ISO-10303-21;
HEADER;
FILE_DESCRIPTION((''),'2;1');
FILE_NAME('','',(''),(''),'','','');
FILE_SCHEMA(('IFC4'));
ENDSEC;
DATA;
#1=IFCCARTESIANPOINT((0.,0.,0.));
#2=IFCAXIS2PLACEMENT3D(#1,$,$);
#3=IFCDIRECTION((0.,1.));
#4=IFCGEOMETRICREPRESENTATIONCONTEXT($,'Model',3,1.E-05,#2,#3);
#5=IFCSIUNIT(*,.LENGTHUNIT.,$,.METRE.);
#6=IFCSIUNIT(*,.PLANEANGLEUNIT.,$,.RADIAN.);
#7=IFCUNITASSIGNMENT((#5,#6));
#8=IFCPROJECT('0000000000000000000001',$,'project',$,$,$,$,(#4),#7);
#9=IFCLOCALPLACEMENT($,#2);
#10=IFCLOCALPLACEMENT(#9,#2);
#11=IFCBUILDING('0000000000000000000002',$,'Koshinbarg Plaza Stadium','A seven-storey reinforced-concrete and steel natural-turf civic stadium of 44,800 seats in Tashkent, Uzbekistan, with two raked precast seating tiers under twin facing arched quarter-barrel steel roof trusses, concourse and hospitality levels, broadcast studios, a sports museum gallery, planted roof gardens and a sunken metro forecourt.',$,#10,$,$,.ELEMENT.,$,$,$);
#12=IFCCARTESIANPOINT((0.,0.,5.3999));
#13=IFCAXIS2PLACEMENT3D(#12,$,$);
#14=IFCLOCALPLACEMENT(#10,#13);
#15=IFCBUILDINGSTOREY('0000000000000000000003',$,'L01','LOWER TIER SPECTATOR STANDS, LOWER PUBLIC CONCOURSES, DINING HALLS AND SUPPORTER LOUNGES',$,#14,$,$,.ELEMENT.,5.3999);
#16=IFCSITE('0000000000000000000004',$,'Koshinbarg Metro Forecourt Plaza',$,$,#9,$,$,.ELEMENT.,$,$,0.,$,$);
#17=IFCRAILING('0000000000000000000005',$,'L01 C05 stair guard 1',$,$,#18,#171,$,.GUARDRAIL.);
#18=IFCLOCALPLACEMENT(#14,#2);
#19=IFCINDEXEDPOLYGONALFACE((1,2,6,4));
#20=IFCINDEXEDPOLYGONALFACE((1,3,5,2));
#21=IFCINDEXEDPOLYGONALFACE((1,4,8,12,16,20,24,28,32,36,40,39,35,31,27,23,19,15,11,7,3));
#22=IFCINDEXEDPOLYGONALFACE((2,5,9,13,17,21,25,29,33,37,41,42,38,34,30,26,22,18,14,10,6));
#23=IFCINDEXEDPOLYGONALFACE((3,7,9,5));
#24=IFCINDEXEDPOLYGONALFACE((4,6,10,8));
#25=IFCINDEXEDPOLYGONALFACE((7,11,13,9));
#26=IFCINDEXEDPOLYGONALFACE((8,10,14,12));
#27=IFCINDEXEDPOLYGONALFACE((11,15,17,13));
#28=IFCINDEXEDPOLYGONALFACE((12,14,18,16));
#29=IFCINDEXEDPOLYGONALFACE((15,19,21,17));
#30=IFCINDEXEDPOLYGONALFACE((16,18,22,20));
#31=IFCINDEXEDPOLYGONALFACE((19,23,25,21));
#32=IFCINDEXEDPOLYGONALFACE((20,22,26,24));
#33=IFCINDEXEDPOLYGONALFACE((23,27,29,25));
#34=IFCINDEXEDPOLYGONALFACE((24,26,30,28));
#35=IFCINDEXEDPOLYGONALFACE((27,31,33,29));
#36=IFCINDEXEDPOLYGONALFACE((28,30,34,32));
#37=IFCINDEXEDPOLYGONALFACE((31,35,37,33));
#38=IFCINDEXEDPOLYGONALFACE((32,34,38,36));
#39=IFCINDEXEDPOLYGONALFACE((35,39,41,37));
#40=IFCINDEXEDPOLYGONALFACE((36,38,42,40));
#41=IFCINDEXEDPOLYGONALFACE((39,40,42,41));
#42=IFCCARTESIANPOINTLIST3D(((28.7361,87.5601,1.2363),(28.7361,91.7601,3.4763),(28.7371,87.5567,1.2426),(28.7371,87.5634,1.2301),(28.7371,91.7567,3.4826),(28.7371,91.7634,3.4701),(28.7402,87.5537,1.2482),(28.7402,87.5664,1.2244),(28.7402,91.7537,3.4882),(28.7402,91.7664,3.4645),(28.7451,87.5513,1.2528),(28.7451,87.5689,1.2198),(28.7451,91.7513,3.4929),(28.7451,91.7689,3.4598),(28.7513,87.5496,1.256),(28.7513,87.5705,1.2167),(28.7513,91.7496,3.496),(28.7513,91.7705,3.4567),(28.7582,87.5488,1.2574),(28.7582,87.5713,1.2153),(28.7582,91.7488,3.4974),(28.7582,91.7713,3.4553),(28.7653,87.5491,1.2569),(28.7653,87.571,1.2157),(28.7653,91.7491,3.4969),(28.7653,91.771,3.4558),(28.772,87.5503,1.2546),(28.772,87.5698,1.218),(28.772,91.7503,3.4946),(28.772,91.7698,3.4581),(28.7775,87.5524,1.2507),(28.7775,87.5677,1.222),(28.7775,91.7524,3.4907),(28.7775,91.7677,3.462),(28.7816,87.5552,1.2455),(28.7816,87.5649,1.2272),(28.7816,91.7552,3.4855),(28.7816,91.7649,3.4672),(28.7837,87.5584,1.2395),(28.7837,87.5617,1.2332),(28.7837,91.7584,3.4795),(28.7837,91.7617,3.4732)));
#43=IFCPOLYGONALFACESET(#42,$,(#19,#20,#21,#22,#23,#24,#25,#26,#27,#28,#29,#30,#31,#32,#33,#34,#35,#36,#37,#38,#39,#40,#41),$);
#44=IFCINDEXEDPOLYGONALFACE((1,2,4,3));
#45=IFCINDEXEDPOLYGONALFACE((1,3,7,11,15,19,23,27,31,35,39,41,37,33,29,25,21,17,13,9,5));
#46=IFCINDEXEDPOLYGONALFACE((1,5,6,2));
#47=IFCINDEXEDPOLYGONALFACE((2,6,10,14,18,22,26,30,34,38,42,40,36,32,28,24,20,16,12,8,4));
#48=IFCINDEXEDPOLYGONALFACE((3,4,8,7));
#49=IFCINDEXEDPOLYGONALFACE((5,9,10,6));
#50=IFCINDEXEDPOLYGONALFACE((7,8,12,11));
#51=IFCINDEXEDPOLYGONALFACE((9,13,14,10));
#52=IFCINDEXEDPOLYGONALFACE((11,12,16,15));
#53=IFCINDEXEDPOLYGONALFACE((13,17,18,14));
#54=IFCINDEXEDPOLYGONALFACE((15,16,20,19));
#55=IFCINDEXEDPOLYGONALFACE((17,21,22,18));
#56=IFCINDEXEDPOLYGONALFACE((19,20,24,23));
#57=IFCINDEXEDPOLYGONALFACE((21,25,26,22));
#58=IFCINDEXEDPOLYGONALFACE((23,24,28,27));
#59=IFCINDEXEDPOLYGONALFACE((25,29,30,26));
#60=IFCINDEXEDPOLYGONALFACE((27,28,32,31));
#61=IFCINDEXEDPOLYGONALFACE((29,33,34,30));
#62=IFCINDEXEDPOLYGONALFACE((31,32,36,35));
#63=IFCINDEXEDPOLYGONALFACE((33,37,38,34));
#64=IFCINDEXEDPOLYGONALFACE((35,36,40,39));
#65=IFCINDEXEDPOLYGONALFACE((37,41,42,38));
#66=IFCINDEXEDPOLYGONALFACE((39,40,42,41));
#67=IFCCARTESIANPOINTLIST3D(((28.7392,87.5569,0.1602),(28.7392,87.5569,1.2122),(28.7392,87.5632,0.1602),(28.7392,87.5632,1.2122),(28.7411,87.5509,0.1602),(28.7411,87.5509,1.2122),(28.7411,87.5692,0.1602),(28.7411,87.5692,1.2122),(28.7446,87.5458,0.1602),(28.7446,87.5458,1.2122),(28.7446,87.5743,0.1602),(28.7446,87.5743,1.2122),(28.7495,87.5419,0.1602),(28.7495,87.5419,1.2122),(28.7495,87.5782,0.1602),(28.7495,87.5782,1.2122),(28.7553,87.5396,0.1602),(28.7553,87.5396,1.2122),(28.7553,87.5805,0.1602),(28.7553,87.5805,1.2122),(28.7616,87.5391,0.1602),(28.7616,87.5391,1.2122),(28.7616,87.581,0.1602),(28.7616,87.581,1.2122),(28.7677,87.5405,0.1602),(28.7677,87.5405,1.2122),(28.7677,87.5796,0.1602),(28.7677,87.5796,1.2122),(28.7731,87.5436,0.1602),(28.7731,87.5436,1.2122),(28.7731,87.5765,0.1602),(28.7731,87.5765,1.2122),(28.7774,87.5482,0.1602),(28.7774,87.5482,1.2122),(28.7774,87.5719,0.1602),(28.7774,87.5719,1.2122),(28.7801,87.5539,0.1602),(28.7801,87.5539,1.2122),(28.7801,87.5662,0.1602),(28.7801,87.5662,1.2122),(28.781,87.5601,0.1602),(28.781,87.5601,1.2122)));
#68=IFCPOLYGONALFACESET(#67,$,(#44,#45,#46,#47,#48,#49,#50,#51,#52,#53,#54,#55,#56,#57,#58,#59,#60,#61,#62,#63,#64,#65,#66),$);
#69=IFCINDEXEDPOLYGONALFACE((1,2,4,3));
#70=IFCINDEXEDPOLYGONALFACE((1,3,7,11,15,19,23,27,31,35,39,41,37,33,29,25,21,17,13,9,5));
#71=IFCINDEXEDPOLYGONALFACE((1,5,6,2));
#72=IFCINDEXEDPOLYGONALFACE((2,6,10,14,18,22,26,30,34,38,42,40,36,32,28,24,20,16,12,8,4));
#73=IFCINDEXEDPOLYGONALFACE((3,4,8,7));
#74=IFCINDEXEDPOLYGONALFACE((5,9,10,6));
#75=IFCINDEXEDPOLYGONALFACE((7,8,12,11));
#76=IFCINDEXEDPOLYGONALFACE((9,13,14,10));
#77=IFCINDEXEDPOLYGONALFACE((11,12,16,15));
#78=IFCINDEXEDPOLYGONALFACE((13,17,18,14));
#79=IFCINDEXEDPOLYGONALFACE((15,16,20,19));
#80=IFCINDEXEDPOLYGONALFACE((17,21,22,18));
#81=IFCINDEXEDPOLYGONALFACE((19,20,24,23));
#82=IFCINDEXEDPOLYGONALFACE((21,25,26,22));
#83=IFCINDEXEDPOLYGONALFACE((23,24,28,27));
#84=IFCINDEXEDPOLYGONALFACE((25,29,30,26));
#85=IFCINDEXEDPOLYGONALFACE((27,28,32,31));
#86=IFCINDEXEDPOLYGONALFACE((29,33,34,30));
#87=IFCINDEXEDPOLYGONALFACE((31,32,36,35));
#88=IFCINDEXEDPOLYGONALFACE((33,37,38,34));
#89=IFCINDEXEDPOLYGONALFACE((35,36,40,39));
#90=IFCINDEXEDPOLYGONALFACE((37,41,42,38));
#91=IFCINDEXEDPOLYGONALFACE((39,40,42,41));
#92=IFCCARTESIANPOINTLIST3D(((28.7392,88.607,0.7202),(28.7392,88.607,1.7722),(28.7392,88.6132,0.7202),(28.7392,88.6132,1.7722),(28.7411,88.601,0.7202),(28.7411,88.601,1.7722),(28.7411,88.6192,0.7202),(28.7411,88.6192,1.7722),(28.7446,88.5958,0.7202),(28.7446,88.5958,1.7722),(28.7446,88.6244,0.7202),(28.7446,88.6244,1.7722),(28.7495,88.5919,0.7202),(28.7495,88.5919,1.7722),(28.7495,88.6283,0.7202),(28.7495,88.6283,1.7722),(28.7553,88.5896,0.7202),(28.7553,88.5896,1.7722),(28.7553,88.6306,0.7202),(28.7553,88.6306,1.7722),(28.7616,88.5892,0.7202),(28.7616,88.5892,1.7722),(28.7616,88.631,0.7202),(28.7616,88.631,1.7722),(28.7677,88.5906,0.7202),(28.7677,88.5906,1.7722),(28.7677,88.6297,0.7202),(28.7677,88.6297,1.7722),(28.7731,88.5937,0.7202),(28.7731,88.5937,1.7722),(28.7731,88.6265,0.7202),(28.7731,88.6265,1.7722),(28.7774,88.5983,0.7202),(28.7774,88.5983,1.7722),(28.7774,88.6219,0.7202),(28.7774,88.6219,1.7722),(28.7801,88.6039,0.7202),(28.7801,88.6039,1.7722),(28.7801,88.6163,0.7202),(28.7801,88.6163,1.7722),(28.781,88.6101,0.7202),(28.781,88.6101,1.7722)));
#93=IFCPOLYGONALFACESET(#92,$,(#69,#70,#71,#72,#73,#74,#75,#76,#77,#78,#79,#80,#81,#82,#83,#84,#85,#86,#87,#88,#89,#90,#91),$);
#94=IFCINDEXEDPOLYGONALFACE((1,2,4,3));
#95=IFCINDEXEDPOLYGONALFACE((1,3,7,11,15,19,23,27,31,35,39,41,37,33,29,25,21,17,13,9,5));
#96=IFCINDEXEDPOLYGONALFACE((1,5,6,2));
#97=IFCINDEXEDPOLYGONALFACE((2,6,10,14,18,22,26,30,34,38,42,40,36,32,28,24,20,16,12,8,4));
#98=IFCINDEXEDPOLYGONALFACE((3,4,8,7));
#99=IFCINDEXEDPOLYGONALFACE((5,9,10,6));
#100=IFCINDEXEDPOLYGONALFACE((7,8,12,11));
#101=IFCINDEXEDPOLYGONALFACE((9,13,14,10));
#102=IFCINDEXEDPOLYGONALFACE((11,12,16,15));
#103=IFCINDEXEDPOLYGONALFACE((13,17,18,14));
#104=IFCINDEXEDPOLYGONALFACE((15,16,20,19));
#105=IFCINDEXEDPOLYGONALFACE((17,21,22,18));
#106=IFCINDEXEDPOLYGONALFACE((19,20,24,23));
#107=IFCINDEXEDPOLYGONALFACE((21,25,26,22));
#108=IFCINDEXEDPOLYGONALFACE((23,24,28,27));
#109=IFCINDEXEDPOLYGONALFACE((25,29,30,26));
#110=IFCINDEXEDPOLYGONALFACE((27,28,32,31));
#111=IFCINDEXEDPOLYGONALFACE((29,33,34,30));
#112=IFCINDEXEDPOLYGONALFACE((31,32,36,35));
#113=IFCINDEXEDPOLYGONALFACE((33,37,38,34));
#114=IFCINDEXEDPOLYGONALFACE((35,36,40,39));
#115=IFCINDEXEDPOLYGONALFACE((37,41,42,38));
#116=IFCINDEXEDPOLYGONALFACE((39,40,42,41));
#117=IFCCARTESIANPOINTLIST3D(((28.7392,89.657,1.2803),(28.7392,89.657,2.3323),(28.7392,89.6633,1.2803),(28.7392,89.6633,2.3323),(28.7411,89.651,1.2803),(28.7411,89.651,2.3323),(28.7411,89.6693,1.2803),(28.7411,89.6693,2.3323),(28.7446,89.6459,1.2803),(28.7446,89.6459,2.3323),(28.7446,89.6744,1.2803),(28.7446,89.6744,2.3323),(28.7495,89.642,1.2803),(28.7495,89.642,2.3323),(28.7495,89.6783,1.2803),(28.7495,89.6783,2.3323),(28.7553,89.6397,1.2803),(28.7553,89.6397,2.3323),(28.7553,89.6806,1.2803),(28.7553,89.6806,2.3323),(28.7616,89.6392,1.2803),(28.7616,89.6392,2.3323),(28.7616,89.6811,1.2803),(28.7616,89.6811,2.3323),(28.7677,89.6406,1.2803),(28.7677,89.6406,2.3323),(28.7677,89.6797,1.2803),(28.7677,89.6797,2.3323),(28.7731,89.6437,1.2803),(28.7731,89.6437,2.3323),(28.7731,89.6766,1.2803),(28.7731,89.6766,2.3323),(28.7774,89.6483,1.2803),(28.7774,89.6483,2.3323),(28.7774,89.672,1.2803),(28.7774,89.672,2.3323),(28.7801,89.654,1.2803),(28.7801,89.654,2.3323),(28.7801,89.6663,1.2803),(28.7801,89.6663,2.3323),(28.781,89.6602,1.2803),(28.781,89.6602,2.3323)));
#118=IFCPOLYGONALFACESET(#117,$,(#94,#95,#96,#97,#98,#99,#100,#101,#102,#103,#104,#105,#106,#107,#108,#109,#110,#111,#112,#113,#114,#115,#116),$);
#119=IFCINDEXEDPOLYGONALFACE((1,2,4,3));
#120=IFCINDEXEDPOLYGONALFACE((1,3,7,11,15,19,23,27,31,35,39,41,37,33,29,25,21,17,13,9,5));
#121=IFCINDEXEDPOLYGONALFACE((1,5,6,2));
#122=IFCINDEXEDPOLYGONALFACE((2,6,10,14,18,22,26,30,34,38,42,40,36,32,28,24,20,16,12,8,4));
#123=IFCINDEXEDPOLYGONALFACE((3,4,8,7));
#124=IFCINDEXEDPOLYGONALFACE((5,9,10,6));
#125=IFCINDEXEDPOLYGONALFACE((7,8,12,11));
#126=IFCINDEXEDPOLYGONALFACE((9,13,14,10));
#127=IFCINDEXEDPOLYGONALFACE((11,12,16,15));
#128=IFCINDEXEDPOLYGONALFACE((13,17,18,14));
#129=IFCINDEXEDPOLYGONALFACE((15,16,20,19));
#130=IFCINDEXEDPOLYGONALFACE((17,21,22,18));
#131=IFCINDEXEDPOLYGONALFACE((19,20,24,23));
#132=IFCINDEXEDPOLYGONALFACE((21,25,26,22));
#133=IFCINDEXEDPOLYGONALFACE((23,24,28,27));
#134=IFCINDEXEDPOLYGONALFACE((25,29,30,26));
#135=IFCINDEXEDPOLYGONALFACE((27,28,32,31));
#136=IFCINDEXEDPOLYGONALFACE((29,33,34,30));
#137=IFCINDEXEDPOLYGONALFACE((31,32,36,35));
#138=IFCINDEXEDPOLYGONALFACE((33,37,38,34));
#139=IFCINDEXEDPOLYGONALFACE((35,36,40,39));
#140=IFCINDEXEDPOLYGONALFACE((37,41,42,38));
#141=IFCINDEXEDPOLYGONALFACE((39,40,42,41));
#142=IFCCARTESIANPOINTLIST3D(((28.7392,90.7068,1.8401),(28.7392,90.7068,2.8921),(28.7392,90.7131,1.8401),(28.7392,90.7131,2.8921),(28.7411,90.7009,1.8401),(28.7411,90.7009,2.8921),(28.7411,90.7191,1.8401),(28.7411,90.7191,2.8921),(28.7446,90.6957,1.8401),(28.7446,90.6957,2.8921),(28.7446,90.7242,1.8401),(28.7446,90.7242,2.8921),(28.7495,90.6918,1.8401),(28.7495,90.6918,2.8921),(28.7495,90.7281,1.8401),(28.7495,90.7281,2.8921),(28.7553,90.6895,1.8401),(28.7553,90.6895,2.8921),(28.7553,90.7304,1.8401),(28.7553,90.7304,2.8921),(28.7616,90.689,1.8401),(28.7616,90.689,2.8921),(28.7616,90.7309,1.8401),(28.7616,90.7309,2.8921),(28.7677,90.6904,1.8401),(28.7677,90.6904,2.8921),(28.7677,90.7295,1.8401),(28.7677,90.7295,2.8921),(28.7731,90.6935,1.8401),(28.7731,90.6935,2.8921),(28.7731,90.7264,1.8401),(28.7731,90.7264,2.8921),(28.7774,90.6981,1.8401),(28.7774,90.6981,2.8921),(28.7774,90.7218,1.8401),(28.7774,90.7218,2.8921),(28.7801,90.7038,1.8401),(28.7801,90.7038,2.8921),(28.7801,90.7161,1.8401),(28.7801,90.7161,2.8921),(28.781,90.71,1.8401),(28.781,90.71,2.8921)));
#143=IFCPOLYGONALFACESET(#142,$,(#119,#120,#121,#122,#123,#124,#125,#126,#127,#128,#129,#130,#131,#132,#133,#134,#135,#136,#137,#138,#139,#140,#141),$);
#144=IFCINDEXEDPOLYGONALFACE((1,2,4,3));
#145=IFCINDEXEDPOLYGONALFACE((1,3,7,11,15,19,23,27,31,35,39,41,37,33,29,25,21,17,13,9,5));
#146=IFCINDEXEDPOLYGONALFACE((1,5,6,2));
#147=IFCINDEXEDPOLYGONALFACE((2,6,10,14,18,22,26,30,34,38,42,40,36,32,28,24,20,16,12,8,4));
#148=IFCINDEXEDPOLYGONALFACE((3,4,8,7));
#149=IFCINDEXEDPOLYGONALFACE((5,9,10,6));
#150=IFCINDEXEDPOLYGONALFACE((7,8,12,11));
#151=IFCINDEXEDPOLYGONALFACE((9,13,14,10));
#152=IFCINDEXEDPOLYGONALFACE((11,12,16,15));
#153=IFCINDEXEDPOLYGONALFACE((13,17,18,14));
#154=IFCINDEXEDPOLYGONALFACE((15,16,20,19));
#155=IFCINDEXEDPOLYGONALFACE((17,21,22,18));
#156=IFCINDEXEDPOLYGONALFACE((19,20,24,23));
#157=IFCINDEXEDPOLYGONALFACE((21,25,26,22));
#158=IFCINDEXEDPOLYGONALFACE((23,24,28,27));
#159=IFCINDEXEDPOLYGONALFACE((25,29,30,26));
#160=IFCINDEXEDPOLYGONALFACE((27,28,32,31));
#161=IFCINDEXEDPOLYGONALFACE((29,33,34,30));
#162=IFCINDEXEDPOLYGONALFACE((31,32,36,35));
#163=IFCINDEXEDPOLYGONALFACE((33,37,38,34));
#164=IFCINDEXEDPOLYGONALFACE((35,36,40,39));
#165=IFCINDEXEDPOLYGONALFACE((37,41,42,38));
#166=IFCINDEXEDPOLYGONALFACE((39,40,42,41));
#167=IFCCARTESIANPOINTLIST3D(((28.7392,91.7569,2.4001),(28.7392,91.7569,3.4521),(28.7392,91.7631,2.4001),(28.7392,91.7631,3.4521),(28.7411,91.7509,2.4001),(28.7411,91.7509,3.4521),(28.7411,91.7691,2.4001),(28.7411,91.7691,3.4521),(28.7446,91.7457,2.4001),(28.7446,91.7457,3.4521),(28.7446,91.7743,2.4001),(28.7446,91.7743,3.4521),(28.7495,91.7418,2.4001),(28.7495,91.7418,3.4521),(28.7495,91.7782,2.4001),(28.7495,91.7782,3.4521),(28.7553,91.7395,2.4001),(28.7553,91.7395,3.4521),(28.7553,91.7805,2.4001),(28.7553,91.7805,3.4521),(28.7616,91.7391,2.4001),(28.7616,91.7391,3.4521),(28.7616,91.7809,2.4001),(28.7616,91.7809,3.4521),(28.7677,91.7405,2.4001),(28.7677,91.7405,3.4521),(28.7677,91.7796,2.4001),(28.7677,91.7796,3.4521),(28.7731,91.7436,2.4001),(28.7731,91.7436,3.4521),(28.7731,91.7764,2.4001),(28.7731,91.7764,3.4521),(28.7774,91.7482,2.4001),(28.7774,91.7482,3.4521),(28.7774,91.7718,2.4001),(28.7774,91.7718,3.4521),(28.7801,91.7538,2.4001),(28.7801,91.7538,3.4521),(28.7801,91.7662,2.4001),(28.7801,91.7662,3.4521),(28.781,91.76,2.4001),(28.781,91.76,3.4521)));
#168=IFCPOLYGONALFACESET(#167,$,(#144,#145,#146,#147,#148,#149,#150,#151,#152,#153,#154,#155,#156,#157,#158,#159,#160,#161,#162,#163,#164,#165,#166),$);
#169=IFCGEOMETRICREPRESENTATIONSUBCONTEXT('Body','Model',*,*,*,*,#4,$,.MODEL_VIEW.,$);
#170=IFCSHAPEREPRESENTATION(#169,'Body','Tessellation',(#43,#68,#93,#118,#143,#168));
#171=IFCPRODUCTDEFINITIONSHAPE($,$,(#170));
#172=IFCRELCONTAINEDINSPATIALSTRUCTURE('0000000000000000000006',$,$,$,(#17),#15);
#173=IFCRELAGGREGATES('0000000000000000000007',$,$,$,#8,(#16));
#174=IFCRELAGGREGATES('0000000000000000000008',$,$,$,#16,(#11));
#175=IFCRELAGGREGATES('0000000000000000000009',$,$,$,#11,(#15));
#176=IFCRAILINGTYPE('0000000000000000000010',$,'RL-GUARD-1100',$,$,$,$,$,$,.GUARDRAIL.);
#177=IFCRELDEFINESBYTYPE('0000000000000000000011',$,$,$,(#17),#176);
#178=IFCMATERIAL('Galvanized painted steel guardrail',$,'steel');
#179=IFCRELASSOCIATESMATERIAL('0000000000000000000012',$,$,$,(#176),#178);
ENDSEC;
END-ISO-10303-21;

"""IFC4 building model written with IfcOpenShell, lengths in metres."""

from ifc_helpers import new_model, si_unit, direction, frame, origin, origin_2d, place, context, subcontext, project, spatial, circle, extrude, material, type_object, element, save


model = new_model("IFC4")

# Units and contexts
model_context = context("Model", 3, precision=1e-05, world=origin(), true_north=direction((0.0, 1.0)))
body_context = subcontext(model_context, "Body", "Model", "MODEL_VIEW")
ifc_project = project(units=[si_unit("LENGTHUNIT", "METRE"), si_unit("PLANEANGLEUNIT", "RADIAN")], contexts=[model_context])

# Site, building, storey
site_placement = place(None, origin())
site = spatial("IfcSite", under=ifc_project, at=site_placement, Name="Koshinbarg Metro Forecourt Plaza", CompositionType="ELEMENT", RefElevation=0.0)
building_placement = place(site_placement, origin())
building = spatial("IfcBuilding", under=site, at=building_placement, Name="Koshinbarg Plaza Stadium", Description="A seven-storey reinforced-concrete and steel natural-turf civic stadium of 44,800 seats in Tashkent, Uzbekistan, with two raked precast seating tiers under twin facing arched quarter-barrel steel roof trusses, concourse and hospitality levels, broadcast studios, a sports museum gallery, planted roof gardens and a sunken metro forecourt.", CompositionType="ELEMENT")
storey_placement = place(building_placement, frame((0.0, 0.0, 5.3999)))
storey = spatial("IfcBuildingStorey", under=building, at=storey_placement, Name="L01", Description="LOWER TIER SPECTATOR STANDS, LOWER PUBLIC CONCOURSES, DINING HALLS AND SUPPORTER LOUNGES", CompositionType="ELEMENT", Elevation=5.3999)

# Railing
ifc_material_1 = material(Name="Galvanized painted steel guardrail", Category="steel")
railing_type_1 = type_object("IfcRailingType", Name="RL-GUARD-1100", PredefinedType="GUARDRAIL", material=ifc_material_1)
for number, where, name in (
    (1, (28.76, 87.5601, 0.1602), "L01 C05 stair guard 1"),
):
    element("IfcRailing", number, at=place(storey_placement, frame(where)), inside=storey, type_object=railing_type_1, Name=name, PredefinedType="GUARDRAIL", context=body_context, shape_type="SweptSolid", body=[
        extrude(circle(Radius=0.0239, at=origin_2d()), frame((0.0, 0.0, 1.0762), z_axis=(0.0, 0.882352, 0.470591), x_axis=(-1.0, 0.0, 0.0)), (0.0, 0.0, 1.0), 4.76),
        extrude(circle(Radius=0.021, at=origin_2d()), origin(), (0.0, 0.0, 1.0), 1.052),
        extrude(circle(Radius=0.021, at=origin_2d()), frame((0.0, 1.05, 0.5601)), (0.0, 0.0, 1.0), 1.052),
        extrude(circle(Radius=0.021, at=origin_2d()), frame((0.0, 2.1001, 1.1201)), (0.0, 0.0, 1.0), 1.052),
        extrude(circle(Radius=0.021, at=origin_2d()), frame((0.0, 3.1499, 1.6799)), (0.0, 0.0, 1.0), 1.052),
        extrude(circle(Radius=0.021, at=origin_2d()), frame((0.0, 4.2, 2.24)), (0.0, 0.0, 1.0), 1.052),
    ])

save(model, "model.ifc")
